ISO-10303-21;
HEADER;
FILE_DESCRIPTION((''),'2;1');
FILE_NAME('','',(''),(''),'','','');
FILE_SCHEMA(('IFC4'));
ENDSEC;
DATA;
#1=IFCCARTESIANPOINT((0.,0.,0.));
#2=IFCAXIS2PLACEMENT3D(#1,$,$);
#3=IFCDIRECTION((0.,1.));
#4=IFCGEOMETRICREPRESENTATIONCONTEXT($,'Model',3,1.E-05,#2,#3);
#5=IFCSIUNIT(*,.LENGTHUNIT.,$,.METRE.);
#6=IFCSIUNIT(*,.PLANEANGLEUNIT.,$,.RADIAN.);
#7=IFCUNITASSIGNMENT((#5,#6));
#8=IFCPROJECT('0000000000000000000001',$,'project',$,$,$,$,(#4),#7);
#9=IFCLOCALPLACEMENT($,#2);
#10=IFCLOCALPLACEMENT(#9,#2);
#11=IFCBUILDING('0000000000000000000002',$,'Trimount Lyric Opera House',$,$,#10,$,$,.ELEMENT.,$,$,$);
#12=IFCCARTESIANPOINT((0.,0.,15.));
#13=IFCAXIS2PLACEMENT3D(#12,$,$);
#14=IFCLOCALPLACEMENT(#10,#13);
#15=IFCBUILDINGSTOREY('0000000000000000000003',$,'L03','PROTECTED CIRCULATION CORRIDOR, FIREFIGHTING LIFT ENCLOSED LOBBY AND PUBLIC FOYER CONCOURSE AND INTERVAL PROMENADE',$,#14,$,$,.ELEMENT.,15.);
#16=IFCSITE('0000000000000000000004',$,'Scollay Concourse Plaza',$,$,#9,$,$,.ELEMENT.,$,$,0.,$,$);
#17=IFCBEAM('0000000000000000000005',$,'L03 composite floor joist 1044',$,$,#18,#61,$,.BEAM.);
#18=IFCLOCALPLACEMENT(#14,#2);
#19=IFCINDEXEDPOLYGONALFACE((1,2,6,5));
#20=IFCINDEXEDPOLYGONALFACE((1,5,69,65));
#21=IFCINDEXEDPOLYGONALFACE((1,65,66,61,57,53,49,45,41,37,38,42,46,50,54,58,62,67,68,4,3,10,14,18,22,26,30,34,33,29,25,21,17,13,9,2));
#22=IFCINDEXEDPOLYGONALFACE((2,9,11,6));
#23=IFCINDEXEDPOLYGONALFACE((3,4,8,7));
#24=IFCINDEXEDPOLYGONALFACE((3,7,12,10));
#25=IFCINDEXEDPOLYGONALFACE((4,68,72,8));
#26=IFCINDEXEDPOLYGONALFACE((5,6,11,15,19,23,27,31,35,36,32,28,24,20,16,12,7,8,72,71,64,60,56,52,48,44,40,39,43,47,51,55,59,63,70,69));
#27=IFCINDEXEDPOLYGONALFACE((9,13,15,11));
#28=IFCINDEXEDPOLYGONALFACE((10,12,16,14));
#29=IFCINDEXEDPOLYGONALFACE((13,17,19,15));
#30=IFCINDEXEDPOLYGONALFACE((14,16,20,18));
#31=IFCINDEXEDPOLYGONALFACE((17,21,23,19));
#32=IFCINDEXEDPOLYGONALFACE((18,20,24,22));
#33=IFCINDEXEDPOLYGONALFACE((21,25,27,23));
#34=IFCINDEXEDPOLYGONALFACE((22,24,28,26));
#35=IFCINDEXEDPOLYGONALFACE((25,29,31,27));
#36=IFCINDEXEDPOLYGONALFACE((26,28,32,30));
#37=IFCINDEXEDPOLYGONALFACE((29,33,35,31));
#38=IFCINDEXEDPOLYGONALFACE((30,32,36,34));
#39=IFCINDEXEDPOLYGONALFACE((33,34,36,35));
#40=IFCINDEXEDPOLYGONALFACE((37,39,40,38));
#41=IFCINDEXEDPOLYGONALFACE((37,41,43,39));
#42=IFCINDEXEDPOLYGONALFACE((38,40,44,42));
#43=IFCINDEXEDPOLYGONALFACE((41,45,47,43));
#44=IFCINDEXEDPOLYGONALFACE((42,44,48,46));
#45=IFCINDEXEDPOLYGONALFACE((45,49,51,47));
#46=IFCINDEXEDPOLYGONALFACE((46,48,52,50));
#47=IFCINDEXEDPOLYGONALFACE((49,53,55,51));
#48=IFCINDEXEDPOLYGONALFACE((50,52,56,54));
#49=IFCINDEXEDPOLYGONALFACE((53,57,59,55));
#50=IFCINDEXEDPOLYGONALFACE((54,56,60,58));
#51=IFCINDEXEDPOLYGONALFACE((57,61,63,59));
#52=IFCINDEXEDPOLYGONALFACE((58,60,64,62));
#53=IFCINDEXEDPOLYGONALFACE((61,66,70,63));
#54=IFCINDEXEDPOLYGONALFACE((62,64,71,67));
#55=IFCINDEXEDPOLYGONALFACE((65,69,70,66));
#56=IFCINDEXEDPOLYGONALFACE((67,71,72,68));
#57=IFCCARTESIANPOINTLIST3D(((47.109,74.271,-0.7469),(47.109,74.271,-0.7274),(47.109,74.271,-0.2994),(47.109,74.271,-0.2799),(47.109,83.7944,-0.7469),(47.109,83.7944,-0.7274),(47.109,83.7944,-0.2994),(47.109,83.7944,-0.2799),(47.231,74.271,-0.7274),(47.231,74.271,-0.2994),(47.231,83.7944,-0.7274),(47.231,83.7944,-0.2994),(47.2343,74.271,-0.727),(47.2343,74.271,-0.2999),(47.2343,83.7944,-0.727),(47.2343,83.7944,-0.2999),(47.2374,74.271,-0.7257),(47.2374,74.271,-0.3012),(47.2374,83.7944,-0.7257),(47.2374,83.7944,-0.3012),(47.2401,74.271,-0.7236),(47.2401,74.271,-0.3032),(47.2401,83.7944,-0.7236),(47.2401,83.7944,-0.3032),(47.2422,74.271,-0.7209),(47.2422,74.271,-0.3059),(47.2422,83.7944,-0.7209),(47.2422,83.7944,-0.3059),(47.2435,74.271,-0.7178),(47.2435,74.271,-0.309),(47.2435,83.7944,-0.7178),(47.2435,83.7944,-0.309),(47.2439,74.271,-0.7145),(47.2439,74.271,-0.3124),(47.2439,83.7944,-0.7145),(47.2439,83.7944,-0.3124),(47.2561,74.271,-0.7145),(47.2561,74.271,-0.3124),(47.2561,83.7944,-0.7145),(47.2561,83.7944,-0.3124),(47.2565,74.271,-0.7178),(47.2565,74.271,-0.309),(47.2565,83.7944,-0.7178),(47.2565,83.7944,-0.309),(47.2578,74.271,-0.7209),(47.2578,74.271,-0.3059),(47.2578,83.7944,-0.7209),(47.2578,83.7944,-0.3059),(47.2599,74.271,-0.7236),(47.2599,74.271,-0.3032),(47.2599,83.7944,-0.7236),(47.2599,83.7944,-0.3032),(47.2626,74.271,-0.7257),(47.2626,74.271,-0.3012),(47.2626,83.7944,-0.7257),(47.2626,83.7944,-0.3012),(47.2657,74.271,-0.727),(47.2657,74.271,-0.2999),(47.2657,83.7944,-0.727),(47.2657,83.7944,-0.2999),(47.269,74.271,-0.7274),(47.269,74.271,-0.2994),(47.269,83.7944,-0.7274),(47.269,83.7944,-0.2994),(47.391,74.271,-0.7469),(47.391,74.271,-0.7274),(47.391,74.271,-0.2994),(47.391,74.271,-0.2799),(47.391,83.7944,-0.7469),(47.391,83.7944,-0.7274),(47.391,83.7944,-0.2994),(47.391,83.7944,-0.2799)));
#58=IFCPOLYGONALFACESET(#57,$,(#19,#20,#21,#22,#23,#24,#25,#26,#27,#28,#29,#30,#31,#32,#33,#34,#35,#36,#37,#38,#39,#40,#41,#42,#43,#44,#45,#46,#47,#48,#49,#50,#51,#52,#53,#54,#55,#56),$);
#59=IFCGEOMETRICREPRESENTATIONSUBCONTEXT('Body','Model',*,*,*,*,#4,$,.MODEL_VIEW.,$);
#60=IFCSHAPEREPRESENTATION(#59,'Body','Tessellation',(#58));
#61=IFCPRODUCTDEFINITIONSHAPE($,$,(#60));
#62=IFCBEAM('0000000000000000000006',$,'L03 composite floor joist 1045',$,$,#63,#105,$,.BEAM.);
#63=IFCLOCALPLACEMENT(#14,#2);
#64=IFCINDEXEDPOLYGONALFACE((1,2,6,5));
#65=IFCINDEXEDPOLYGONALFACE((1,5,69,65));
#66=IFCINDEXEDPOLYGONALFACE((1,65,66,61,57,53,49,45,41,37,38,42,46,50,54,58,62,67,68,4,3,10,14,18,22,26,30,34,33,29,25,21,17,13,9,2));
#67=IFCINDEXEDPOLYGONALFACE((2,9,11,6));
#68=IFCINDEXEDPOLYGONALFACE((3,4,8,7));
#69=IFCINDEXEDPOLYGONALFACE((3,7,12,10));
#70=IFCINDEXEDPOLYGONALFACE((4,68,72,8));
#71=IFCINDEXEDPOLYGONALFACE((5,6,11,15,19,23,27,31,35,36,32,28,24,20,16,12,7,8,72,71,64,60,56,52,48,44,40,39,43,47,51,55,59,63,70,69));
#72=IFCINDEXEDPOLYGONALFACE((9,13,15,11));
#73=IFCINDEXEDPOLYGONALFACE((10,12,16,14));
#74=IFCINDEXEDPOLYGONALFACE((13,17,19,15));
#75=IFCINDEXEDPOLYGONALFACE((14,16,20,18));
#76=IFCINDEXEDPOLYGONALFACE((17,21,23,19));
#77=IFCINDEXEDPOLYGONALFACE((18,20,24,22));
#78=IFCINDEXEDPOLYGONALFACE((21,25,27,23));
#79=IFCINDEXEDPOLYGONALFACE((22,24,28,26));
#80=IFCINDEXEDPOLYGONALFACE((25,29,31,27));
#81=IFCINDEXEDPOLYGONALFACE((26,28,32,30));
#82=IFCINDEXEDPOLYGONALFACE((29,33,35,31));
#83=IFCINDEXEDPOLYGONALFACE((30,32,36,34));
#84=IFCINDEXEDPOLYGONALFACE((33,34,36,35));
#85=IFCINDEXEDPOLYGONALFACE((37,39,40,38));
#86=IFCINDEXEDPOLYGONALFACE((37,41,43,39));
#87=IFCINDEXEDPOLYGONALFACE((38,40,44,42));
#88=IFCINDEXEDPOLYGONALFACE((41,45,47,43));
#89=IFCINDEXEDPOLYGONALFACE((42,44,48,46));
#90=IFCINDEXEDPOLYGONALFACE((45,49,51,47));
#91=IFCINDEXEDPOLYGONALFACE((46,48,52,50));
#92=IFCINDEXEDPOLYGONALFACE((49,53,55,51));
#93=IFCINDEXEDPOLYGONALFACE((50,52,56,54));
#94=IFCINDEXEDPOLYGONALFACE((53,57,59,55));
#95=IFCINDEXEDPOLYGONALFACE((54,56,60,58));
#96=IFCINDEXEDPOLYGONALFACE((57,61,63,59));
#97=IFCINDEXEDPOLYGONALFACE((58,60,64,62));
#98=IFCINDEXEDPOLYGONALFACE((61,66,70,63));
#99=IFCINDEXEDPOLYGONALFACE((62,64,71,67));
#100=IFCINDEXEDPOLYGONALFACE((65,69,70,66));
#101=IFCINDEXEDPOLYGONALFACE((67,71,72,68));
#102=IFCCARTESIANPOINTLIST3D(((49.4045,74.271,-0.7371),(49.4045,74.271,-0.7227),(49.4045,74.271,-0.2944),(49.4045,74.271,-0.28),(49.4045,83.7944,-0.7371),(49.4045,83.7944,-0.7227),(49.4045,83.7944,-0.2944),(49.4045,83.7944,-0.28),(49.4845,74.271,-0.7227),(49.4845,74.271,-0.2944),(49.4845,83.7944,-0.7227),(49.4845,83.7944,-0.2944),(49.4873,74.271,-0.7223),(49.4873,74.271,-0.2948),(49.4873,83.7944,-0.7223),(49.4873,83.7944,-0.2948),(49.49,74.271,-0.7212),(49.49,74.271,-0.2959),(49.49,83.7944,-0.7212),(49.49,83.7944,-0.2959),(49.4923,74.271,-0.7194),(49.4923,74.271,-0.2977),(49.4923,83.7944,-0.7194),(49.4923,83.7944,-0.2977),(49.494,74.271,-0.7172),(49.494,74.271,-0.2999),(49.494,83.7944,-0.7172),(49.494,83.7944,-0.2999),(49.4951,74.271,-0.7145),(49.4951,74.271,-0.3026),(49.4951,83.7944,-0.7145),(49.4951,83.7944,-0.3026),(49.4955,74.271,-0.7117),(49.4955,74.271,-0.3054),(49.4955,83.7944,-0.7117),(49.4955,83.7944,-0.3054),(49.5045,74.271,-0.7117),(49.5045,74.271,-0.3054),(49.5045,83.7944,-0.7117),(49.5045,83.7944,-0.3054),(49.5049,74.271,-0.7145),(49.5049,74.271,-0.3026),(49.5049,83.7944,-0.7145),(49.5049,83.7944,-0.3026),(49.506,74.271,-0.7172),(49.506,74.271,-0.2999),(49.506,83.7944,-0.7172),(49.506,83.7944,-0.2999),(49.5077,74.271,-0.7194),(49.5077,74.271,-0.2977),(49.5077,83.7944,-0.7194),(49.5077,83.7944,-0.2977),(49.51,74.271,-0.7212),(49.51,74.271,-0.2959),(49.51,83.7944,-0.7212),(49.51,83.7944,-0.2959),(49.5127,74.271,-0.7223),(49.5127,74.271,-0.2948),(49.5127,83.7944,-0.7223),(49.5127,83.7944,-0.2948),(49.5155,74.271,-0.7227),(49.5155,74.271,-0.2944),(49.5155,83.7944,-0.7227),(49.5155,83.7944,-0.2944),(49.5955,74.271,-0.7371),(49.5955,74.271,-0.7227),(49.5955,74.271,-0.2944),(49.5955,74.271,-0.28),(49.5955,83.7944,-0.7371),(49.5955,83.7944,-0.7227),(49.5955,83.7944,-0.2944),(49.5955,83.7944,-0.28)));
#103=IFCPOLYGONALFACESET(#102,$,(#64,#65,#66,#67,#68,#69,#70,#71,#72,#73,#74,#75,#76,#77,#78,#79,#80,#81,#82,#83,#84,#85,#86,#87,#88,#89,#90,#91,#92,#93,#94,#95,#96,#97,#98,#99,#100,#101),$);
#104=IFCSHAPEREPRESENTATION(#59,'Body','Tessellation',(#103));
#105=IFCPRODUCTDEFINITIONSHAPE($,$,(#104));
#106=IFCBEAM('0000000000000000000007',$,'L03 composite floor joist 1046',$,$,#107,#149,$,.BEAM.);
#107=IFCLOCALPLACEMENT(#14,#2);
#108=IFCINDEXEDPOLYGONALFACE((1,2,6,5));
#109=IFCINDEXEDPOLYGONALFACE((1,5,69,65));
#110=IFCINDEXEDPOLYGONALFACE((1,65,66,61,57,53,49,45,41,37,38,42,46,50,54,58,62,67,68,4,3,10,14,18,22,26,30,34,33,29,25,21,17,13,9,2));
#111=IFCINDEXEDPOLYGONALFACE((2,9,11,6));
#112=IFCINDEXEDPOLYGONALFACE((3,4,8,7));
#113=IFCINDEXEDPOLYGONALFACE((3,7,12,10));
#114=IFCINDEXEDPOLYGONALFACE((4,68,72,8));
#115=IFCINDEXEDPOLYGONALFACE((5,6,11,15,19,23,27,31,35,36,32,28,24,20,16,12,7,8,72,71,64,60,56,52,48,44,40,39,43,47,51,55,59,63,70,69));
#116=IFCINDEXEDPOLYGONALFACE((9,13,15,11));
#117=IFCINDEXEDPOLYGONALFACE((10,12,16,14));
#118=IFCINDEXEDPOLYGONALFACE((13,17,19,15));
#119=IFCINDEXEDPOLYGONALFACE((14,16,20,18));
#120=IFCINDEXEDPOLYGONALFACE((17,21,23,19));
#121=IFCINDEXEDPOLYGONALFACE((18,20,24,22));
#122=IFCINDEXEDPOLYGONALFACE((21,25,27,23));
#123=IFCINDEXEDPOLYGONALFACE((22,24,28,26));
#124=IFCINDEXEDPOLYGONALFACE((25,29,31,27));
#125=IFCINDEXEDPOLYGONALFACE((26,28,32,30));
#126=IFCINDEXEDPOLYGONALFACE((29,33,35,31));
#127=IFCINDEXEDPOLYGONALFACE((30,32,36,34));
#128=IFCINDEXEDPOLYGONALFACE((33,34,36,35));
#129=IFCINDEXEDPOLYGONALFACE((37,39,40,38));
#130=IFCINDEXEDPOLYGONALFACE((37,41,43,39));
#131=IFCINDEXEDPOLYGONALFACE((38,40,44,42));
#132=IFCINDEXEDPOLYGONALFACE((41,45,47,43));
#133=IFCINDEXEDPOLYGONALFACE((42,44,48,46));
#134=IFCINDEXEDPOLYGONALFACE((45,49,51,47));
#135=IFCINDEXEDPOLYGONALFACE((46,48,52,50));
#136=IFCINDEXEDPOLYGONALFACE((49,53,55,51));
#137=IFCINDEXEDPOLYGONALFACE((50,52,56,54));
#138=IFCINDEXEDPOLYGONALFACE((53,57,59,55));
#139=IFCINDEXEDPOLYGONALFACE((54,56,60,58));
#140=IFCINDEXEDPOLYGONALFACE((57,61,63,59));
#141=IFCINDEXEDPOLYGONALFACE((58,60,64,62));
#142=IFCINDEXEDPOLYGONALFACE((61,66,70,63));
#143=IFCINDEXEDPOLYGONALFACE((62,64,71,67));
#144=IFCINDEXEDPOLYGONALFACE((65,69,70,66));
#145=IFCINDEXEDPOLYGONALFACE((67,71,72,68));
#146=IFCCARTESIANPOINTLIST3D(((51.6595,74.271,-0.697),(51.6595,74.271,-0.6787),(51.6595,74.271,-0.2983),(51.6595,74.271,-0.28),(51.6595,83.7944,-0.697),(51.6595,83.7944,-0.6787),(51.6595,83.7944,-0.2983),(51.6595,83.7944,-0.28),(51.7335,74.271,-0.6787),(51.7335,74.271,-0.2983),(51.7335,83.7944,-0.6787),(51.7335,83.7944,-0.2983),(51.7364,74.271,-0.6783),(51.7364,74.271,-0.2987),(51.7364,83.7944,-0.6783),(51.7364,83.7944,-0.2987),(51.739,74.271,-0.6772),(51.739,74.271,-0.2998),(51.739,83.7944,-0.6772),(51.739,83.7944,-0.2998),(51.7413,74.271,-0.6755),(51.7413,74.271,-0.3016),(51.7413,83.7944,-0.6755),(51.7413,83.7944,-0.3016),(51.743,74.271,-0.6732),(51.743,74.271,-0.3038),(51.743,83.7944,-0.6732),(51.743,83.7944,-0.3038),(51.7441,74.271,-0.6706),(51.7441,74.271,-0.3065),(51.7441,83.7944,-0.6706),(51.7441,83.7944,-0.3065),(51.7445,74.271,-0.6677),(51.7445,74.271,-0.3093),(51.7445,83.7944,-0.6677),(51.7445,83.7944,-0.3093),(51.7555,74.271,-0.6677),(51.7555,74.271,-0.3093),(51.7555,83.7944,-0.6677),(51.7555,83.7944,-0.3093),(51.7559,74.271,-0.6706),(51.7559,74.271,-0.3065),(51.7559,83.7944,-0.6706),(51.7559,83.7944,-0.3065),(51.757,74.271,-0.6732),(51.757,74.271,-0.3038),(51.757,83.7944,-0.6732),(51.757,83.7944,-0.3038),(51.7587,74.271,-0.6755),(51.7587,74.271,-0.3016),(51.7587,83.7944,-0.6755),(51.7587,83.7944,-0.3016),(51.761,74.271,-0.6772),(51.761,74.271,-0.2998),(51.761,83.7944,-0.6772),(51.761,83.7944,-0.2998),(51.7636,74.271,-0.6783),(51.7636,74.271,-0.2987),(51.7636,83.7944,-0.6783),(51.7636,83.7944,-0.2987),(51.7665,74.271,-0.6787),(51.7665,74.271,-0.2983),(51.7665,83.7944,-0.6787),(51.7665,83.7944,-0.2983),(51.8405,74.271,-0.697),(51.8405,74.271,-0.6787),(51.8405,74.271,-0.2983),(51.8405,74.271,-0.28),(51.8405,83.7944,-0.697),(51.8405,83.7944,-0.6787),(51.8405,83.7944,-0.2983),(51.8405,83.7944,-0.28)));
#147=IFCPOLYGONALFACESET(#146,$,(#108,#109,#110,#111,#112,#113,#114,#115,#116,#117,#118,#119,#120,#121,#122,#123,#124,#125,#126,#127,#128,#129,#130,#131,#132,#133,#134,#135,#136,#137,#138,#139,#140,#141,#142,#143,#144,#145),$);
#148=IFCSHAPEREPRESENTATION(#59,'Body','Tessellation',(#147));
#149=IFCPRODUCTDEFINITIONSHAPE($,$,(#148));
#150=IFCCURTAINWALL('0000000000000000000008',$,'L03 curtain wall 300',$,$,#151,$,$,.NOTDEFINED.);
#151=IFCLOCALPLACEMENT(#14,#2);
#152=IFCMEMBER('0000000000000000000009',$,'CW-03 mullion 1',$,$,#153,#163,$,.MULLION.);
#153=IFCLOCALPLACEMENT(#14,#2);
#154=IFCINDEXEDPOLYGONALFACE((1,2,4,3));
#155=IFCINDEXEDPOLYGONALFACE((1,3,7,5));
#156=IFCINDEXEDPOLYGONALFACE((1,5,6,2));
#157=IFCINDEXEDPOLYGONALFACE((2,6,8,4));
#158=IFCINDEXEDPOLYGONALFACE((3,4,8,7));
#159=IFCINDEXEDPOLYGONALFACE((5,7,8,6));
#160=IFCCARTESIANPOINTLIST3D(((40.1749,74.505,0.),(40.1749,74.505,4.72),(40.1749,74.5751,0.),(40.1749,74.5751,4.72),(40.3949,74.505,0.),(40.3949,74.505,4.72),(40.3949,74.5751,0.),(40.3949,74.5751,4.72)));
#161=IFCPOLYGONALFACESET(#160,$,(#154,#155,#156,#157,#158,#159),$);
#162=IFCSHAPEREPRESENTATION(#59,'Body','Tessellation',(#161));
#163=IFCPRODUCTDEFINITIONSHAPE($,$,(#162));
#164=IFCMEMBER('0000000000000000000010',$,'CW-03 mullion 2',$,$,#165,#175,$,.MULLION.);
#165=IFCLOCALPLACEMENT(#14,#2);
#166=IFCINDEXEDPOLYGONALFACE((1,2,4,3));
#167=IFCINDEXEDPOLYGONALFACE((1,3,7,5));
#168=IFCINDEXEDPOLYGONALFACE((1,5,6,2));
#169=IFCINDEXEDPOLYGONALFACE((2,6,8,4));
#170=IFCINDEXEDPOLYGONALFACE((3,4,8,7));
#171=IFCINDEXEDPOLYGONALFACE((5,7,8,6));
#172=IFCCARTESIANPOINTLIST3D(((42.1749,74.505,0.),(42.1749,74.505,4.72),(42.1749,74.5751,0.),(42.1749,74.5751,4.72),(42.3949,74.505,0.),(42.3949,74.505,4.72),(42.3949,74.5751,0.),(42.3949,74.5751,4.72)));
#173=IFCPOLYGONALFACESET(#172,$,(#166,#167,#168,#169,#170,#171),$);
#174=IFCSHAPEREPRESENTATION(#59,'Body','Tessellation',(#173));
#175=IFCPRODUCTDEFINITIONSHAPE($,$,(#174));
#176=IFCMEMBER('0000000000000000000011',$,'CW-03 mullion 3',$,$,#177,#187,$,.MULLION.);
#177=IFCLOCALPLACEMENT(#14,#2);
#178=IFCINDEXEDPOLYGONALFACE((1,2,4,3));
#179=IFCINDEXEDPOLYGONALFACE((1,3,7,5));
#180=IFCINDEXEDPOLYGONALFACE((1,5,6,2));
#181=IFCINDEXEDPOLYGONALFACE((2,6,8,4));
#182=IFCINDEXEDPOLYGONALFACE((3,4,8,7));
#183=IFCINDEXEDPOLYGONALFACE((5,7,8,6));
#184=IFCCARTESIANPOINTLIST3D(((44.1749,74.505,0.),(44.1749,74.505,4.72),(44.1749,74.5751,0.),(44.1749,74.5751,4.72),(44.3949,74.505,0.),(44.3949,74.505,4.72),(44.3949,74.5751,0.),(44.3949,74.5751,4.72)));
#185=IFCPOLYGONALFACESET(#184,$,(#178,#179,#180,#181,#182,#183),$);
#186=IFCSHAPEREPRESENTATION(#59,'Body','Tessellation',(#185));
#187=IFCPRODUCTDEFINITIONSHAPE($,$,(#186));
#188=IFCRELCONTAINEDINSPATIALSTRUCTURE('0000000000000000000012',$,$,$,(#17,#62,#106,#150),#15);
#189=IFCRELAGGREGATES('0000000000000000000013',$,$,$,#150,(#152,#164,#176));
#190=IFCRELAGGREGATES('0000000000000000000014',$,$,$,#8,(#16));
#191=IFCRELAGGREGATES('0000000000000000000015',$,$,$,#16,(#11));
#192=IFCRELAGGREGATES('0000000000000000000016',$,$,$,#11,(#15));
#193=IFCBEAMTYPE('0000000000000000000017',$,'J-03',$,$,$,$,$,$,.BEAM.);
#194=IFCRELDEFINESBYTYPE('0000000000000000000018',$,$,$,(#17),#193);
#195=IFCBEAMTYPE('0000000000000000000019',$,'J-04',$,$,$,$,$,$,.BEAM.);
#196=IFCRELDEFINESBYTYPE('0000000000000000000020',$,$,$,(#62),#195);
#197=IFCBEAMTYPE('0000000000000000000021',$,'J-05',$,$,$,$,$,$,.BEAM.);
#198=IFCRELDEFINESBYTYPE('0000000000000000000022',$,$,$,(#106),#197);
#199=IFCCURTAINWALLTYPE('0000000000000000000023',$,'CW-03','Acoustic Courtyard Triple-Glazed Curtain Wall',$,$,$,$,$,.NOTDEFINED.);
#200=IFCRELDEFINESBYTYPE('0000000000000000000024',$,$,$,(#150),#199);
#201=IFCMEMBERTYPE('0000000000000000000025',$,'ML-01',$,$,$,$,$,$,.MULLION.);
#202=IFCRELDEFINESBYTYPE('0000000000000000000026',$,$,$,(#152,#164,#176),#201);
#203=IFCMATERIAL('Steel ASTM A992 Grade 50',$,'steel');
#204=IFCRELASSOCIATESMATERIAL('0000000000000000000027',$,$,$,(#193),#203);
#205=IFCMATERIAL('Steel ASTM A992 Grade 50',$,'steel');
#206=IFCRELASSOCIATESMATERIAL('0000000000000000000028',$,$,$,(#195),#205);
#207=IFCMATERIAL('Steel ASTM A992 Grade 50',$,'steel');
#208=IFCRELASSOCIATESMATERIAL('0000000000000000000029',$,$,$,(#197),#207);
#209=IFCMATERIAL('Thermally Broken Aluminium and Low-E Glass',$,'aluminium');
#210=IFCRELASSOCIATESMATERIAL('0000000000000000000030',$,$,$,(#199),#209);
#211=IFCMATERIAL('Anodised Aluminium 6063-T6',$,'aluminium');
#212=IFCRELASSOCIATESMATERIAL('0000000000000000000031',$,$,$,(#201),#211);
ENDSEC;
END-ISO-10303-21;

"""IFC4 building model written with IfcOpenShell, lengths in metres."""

from ifc_helpers import new_model, si_unit, direction, frame, origin, origin_2d, place, context, subcontext, project, spatial, rectangle, i_section, extrude, material, material_profile, profile_set, type_object, element, aggregate, save


model = new_model("IFC4")

# Units and contexts
model_context = context("Model", 3, precision=1e-05, world=origin(), true_north=direction((0.0, 1.0)))
body_context = subcontext(model_context, "Body", "Model", "MODEL_VIEW")
ifc_project = project(units=[si_unit("LENGTHUNIT", "METRE"), si_unit("PLANEANGLEUNIT", "RADIAN")], contexts=[model_context])

# Site, building, storey
site_placement = place(None, origin())
site = spatial("IfcSite", under=ifc_project, at=site_placement, Name="Scollay Concourse Plaza", CompositionType="ELEMENT", RefElevation=0.0)
building_placement = place(site_placement, origin())
building = spatial("IfcBuilding", under=site, at=building_placement, Name="Trimount Lyric Opera House", CompositionType="ELEMENT")
storey_placement = place(building_placement, frame((0.0, 0.0, 15.0)))
storey = spatial("IfcBuildingStorey", under=building, at=storey_placement, Name="L03", Description="PROTECTED CIRCULATION CORRIDOR, FIREFIGHTING LIFT ENCLOSED LOBBY AND PUBLIC FOYER CONCOURSE AND INTERVAL PROMENADE", CompositionType="ELEMENT", Elevation=15.0)

# Beams
ifc_material_1 = material(Name="Steel ASTM A992 Grade 50", Category="steel")
ifc_material_profile_1 = material_profile(ifc_material_1, i_section(OverallWidth=0.282, OverallDepth=0.467, WebThickness=0.0122, FlangeThickness=0.0195, FilletRadius=0.0129, at=origin_2d()), Name="W18X86")
ifc_profile_set_1 = profile_set([ifc_material_profile_1], Name="Steel ASTM A992 Grade 50")
beam_type_1 = type_object("IfcBeamType", Name="J-03", PredefinedType="BEAM", material=ifc_profile_set_1)
beam_1_placement = place(storey_placement, frame((47.25, 74.271, -0.5134), z_axis=(0.0, 1.0, 0.0), x_axis=(-1.0, 0.0, 0.0)))
element("IfcBeam", 1, at=beam_1_placement, inside=storey, type_object=beam_type_1, Name="L03 composite floor joist 1044", PredefinedType="BEAM", context=body_context, shape_type="SweptSolid", body=[
    extrude(i_section(OverallWidth=0.282, OverallDepth=0.467, WebThickness=0.0122, FlangeThickness=0.0195, FilletRadius=0.0129, at=origin_2d()), origin(), (0.0, 0.0, 1.0), 9.5234),
])
ifc_material_2 = material(Name="Steel ASTM A992 Grade 50", Category="steel")
ifc_material_profile_2 = material_profile(ifc_material_2, i_section(OverallWidth=0.1909, OverallDepth=0.457, WebThickness=0.009, FlangeThickness=0.0144, FilletRadius=0.011, at=origin_2d()), Name="W18X50")
ifc_profile_set_2 = profile_set([ifc_material_profile_2], Name="Steel ASTM A992 Grade 50")
beam_type_2 = type_object("IfcBeamType", Name="J-04", PredefinedType="BEAM", material=ifc_profile_set_2)
beam_2_placement = place(storey_placement, frame((49.5, 74.271, -0.5085), z_axis=(0.0, 1.0, 0.0), x_axis=(-1.0, 0.0, 0.0)))
element("IfcBeam", 2, at=beam_2_placement, inside=storey, type_object=beam_type_2, Name="L03 composite floor joist 1045", PredefinedType="BEAM", context=body_context, shape_type="SweptSolid", body=[
    extrude(i_section(OverallWidth=0.1909, OverallDepth=0.457, WebThickness=0.009, FlangeThickness=0.0144, FilletRadius=0.011, at=origin_2d()), origin(), (0.0, 0.0, 1.0), 9.5234),
])
ifc_material_3 = material(Name="Steel ASTM A992 Grade 50", Category="steel")
ifc_material_profile_3 = material_profile(ifc_material_3, i_section(OverallWidth=0.1809, OverallDepth=0.417, WebThickness=0.011, FlangeThickness=0.0183, FilletRadius=0.011, at=origin_2d()), Name="W16X57")
ifc_profile_set_3 = profile_set([ifc_material_profile_3], Name="Steel ASTM A992 Grade 50")
beam_type_3 = type_object("IfcBeamType", Name="J-05", PredefinedType="BEAM", material=ifc_profile_set_3)
beam_3_placement = place(storey_placement, frame((51.75, 74.271, -0.4885), z_axis=(0.0, 1.0, 0.0), x_axis=(-1.0, 0.0, 0.0)))
element("IfcBeam", 3, at=beam_3_placement, inside=storey, type_object=beam_type_3, Name="L03 composite floor joist 1046", PredefinedType="BEAM", context=body_context, shape_type="SweptSolid", body=[
    extrude(i_section(OverallWidth=0.1809, OverallDepth=0.417, WebThickness=0.011, FlangeThickness=0.0183, FilletRadius=0.011, at=origin_2d()), origin(), (0.0, 0.0, 1.0), 9.5234),
])

# Curtain wall, members
ifc_material_4 = material(Name="Thermally Broken Aluminium and Low-E Glass", Category="aluminium")
curtain_wall_type = type_object("IfcCurtainWallType", Name="CW-03", Description="Acoustic Courtyard Triple-Glazed Curtain Wall", PredefinedType="NOTDEFINED", material=ifc_material_4)
curtain_wall_1_placement = place(storey_placement, origin())
curtain_wall_1 = element("IfcCurtainWall", 4, at=curtain_wall_1_placement, inside=storey, type_object=curtain_wall_type, Name="L03 curtain wall 300", PredefinedType="NOTDEFINED")
ifc_material_5 = material(Name="Anodised Aluminium 6063-T6", Category="aluminium")
ifc_material_profile_4 = material_profile(ifc_material_5, rectangle(XDim=0.0701, YDim=0.22, at=origin_2d()), Name="ALU-MULL-70X220")
ifc_profile_set_4 = profile_set([ifc_material_profile_4], Name="Anodised Aluminium 6063-T6")
member_type_1 = type_object("IfcMemberType", Name="ML-01", PredefinedType="MULLION", material=ifc_profile_set_4)
member_1_placement = place(storey_placement, frame((40.2849, 74.54, 0.0), z_axis=(0.0, 0.0, 1.0), x_axis=(0.0, 1.0, 0.0)))
member_1 = element("IfcMember", 5, at=member_1_placement, type_object=member_type_1, Name="CW-03 mullion 1", PredefinedType="MULLION", context=body_context, shape_type="SweptSolid", body=[
    extrude(rectangle(XDim=0.0701, YDim=0.22, at=origin_2d()), origin(), (0.0, 0.0, 1.0), 4.72),
])
member_2_placement = place(storey_placement, frame((42.2849, 74.54, 0.0), z_axis=(0.0, 0.0, 1.0), x_axis=(0.0, 1.0, 0.0)))
member_2 = element("IfcMember", 6, at=member_2_placement, type_object=member_type_1, Name="CW-03 mullion 2", PredefinedType="MULLION", context=body_context, shape_type="SweptSolid", body=[
    extrude(rectangle(XDim=0.0701, YDim=0.22, at=origin_2d()), origin(), (0.0, 0.0, 1.0), 4.72),
])
member_3_placement = place(storey_placement, frame((44.2849, 74.54, 0.0), z_axis=(0.0, 0.0, 1.0), x_axis=(0.0, 1.0, 0.0)))
member_3 = element("IfcMember", 7, at=member_3_placement, type_object=member_type_1, Name="CW-03 mullion 3", PredefinedType="MULLION", context=body_context, shape_type="SweptSolid", body=[
    extrude(rectangle(XDim=0.0701, YDim=0.22, at=origin_2d()), origin(), (0.0, 0.0, 1.0), 4.72),
])

aggregate(curtain_wall_1, [member_1, member_2, member_3])

save(model, "model.ifc")
